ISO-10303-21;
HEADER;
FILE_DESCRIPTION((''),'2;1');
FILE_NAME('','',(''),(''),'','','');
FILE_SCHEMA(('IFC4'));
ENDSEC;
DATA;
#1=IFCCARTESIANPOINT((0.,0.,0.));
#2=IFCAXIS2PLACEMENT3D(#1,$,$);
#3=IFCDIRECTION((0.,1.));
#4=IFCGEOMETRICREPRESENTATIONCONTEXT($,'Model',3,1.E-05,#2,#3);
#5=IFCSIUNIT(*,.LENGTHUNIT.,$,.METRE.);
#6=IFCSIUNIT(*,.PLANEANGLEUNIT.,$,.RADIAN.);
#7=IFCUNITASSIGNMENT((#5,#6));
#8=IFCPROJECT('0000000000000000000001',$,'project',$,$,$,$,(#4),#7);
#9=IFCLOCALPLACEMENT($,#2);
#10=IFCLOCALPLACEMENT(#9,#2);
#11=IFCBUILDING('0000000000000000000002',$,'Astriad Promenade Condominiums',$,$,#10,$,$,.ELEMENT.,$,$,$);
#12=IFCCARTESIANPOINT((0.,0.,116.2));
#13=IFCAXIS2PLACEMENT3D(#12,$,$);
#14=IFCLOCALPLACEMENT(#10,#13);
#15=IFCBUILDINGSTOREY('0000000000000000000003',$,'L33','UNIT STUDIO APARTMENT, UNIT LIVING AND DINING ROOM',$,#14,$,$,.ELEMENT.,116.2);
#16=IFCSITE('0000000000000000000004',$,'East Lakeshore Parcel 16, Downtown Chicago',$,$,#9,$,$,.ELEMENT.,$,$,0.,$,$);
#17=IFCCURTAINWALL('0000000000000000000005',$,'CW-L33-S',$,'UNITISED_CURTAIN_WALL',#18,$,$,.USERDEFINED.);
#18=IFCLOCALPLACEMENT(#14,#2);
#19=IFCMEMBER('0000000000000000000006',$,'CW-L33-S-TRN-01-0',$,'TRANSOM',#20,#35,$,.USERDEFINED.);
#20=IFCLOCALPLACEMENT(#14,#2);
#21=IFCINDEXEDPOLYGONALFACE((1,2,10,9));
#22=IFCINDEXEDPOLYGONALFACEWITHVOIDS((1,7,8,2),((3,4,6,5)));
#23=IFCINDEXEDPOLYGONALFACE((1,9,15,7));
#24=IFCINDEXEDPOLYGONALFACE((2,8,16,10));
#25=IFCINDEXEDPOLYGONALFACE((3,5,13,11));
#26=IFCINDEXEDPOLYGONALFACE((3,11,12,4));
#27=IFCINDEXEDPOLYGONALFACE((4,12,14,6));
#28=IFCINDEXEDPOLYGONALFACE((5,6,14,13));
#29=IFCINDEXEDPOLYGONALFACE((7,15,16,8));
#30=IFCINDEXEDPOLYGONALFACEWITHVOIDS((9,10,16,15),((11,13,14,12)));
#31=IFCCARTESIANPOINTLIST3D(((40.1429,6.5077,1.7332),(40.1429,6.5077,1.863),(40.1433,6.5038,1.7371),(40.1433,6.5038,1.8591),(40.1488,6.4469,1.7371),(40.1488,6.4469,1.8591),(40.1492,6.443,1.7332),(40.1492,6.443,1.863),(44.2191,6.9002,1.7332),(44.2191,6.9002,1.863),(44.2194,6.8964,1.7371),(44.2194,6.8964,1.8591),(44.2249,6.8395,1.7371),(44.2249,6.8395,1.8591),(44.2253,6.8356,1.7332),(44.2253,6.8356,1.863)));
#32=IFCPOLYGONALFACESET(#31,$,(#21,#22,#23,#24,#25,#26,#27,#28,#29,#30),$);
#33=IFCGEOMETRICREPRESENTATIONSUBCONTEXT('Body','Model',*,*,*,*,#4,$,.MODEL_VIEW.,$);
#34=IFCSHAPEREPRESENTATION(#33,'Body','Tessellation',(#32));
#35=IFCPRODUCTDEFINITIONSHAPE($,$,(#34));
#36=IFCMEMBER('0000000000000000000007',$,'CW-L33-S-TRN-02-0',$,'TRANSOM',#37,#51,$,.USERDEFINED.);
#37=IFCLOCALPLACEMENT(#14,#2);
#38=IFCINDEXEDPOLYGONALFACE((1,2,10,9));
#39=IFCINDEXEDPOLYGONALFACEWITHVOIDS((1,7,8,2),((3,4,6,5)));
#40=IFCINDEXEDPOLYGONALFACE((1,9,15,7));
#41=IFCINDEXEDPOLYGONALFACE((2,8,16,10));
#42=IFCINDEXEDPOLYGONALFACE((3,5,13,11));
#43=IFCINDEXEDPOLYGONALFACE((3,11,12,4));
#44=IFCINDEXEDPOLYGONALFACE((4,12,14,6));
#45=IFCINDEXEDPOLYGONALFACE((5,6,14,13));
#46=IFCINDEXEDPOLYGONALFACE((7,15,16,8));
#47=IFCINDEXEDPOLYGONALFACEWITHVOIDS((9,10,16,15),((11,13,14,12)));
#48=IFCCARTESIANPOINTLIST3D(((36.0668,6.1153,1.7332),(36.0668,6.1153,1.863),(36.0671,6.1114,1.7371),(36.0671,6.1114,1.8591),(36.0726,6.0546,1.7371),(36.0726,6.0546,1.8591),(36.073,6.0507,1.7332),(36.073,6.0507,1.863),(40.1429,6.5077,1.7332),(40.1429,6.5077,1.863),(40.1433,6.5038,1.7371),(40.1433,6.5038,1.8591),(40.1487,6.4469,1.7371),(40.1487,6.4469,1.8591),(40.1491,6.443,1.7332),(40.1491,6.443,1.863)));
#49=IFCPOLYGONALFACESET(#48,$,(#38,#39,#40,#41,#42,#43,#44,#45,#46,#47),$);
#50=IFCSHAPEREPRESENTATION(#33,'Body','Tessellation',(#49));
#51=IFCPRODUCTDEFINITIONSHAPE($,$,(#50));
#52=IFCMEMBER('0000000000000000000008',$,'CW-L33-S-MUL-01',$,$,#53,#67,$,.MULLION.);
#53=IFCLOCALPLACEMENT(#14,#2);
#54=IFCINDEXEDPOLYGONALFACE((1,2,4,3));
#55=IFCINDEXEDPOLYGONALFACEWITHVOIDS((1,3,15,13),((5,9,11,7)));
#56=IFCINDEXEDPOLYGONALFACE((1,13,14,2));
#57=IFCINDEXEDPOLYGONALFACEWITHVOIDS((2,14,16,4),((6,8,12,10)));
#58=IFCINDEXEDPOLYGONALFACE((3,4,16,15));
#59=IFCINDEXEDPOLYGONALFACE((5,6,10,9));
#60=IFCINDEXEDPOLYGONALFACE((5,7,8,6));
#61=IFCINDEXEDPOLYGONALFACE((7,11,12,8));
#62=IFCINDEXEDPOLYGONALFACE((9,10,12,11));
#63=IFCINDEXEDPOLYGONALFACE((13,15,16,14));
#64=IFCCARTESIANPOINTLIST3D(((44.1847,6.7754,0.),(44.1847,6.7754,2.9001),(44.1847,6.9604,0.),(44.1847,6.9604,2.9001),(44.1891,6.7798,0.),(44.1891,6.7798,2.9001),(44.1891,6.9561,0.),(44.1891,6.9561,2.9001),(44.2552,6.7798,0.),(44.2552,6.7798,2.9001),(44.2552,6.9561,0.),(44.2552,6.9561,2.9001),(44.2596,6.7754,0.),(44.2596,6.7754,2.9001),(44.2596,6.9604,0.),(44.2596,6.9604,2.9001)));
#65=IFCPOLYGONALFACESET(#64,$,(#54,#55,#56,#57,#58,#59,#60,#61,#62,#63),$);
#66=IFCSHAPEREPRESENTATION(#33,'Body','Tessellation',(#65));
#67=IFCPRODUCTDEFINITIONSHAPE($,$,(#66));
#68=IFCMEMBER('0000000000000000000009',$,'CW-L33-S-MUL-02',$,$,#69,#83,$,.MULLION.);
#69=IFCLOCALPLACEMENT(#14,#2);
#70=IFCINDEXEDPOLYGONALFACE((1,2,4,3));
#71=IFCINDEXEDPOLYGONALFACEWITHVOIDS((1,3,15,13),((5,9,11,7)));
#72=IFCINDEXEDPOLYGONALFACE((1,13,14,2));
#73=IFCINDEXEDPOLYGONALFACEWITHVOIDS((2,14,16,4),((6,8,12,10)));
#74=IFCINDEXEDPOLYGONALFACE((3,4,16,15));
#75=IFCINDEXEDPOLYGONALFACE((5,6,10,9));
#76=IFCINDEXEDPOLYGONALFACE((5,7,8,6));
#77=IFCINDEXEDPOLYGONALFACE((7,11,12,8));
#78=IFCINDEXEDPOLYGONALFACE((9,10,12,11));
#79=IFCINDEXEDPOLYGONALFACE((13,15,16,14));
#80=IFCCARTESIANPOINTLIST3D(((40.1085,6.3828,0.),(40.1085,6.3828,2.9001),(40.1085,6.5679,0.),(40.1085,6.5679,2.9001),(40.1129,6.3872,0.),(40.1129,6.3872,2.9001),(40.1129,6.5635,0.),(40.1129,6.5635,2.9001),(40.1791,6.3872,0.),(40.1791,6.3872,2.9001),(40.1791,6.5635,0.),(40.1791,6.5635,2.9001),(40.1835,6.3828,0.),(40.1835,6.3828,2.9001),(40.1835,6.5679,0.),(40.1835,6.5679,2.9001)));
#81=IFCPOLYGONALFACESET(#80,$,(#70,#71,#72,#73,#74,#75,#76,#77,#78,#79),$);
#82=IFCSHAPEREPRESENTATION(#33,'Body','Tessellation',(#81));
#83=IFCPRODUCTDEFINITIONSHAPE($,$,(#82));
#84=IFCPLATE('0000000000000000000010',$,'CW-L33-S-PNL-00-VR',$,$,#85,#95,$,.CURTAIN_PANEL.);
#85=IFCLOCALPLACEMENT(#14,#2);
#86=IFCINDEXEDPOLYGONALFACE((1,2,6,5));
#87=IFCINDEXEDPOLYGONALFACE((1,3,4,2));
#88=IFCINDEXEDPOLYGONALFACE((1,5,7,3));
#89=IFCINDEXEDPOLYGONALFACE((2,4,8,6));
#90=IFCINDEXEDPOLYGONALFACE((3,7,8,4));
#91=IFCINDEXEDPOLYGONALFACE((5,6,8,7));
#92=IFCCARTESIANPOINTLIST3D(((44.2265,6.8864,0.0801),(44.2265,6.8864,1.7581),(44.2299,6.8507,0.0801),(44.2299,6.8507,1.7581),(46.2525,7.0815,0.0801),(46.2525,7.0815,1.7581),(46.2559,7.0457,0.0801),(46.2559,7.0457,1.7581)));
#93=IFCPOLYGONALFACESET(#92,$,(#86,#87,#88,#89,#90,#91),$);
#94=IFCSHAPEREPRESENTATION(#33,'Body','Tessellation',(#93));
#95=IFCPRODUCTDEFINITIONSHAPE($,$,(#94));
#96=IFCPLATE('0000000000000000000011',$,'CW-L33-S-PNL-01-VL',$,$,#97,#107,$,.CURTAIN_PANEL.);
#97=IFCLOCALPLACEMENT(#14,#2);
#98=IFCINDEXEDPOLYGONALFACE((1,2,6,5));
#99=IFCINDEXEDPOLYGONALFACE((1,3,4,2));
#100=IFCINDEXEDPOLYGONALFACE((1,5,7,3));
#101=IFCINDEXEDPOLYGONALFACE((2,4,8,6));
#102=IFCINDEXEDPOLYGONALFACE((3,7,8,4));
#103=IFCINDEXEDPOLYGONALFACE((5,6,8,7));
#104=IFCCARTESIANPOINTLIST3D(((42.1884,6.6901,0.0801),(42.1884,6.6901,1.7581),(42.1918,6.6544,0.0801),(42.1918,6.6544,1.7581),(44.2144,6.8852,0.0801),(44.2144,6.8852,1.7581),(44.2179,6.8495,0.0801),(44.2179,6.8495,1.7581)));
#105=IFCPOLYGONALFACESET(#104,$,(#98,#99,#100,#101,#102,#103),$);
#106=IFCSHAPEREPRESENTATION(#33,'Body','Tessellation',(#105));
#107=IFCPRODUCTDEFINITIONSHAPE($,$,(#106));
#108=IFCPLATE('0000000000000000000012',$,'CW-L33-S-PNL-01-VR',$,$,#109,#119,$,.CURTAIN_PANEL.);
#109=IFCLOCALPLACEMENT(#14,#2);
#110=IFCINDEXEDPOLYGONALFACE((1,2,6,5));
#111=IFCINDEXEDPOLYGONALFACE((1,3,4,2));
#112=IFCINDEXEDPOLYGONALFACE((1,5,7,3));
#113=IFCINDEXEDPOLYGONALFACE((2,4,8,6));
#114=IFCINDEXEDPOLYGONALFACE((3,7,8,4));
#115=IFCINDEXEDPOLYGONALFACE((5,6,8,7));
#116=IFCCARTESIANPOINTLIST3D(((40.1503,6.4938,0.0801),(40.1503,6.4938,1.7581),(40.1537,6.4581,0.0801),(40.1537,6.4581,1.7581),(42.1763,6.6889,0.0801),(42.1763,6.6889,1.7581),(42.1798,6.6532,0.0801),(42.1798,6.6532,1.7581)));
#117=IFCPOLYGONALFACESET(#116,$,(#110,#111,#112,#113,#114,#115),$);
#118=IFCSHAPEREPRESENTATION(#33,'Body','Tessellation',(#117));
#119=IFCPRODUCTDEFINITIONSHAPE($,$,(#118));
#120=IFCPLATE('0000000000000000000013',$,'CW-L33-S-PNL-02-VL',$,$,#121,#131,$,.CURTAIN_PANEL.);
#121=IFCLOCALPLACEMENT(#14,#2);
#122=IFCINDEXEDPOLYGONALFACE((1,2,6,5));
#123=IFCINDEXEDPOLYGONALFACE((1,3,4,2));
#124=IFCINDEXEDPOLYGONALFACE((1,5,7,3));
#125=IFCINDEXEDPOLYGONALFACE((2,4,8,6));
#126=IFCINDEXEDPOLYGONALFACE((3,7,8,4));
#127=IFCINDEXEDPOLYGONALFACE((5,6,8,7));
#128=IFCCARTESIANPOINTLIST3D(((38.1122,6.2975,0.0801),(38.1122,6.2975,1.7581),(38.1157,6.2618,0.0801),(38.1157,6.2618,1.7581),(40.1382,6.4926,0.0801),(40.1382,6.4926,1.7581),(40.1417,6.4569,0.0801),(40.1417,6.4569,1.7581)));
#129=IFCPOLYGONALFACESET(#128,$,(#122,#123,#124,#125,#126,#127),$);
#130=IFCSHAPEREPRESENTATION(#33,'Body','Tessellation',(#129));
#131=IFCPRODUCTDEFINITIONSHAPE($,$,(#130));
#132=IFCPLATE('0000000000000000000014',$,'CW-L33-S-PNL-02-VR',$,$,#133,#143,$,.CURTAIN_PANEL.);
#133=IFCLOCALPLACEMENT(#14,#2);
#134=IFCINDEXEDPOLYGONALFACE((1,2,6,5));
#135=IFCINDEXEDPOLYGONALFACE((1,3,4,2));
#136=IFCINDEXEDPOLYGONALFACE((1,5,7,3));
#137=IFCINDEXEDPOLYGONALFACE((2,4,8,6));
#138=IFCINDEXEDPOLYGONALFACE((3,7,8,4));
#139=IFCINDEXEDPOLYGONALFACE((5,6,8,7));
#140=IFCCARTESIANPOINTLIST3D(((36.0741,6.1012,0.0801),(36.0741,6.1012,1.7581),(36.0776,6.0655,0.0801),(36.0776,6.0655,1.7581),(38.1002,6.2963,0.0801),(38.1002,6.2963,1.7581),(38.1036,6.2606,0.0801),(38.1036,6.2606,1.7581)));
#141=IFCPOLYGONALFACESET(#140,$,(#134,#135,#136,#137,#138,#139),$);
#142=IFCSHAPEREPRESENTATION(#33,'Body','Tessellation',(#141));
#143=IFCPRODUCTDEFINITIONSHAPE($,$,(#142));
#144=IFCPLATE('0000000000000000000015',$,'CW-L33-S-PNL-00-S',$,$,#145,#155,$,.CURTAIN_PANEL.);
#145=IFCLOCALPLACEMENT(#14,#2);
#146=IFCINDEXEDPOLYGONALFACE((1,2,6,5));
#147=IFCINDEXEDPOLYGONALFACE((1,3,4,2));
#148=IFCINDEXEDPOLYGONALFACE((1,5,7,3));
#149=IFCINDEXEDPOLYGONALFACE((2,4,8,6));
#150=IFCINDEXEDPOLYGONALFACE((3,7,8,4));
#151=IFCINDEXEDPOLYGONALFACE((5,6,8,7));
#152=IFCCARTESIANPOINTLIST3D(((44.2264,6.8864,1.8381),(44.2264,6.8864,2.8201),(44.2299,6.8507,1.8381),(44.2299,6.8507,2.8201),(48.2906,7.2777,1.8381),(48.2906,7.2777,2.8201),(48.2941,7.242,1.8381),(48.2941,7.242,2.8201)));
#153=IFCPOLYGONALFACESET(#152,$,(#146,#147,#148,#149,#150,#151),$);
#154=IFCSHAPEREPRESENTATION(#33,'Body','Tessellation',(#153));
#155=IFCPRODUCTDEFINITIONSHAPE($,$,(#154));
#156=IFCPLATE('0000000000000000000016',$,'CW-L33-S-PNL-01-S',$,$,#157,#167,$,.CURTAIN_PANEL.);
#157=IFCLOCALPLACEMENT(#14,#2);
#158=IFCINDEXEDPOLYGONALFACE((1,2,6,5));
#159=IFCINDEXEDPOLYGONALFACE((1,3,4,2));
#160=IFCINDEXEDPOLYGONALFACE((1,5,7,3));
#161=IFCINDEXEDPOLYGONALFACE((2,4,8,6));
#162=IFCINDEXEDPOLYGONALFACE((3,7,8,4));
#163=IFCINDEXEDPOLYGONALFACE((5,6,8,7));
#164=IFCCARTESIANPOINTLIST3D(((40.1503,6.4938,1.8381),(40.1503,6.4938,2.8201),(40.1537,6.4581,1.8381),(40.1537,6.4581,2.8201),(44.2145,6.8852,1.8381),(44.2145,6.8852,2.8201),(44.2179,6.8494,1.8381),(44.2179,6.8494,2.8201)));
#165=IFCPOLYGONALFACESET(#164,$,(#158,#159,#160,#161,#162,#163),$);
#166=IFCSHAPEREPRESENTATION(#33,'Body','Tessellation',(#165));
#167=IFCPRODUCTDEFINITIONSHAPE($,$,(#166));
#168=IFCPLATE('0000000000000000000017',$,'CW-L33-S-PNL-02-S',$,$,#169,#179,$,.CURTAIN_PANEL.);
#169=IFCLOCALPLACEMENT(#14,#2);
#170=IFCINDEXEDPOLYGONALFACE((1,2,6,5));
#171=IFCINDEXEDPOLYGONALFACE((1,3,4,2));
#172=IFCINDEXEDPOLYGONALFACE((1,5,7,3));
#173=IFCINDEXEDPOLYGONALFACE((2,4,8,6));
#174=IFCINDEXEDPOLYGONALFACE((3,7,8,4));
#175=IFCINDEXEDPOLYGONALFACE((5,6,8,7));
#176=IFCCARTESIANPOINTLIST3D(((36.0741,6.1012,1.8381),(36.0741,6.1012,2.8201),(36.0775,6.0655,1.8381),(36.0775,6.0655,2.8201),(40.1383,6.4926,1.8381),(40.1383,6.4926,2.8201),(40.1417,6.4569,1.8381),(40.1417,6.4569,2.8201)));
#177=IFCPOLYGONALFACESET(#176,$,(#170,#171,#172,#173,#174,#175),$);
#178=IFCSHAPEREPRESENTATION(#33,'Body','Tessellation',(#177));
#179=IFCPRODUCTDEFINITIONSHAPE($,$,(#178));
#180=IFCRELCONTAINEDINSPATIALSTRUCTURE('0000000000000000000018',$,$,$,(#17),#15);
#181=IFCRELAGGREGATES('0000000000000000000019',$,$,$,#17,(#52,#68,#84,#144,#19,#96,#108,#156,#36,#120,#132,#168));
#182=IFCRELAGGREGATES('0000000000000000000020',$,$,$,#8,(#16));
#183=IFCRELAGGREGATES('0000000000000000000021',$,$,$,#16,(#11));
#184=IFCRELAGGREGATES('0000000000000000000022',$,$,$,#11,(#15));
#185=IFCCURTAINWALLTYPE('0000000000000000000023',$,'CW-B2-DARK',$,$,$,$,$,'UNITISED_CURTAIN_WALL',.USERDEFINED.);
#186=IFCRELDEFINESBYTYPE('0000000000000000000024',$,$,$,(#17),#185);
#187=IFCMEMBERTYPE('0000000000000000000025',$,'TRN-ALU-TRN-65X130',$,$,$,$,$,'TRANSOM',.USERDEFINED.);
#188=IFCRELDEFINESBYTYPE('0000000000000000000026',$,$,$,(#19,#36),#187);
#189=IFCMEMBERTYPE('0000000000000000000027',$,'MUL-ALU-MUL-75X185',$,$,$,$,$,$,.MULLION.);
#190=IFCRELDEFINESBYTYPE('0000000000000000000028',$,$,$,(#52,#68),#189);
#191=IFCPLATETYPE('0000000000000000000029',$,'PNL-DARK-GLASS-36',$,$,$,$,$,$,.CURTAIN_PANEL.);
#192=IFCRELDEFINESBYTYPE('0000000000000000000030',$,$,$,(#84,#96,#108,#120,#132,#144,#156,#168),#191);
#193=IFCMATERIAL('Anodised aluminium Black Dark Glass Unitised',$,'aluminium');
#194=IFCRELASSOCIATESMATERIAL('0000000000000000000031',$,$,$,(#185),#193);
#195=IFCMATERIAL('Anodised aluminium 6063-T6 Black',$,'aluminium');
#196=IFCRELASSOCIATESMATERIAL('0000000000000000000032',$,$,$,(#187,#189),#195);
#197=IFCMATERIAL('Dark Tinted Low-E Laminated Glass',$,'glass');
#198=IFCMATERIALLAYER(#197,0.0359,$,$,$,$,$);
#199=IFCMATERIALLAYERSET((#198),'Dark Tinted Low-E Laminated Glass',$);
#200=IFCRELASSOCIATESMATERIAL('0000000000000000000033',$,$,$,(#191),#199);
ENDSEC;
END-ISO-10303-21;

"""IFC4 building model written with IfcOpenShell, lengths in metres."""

from ifc_helpers import new_model, si_unit, direction, frame, origin, origin_2d, place, context, subcontext, project, spatial, rectangle, hollow_rectangle, extrude, source, transform, mapped, material, layer, layer_set, material_profile, profile_set, type_object, type_shapes, element, aggregate, save


model = new_model("IFC4")

# Units and contexts
model_context = context("Model", 3, precision=1e-05, world=origin(), true_north=direction((0.0, 1.0)))
body_context = subcontext(model_context, "Body", "Model", "MODEL_VIEW")
ifc_project = project(units=[si_unit("LENGTHUNIT", "METRE"), si_unit("PLANEANGLEUNIT", "RADIAN")], contexts=[model_context])

# Site, building, storey
site_placement = place(None, origin())
site = spatial("IfcSite", under=ifc_project, at=site_placement, Name="East Lakeshore Parcel 16, Downtown Chicago", CompositionType="ELEMENT", RefElevation=0.0)
building_placement = place(site_placement, origin())
building = spatial("IfcBuilding", under=site, at=building_placement, Name="Astriad Promenade Condominiums", CompositionType="ELEMENT")
storey_placement = place(building_placement, frame((0.0, 0.0, 116.2)))
storey = spatial("IfcBuildingStorey", under=building, at=storey_placement, Name="L33", Description="UNIT STUDIO APARTMENT, UNIT LIVING AND DINING ROOM", CompositionType="ELEMENT", Elevation=116.2)

# Curtain wall, members, plates
ifc_material_1 = material(Name="Anodised aluminium Black Dark Glass Unitised", Category="aluminium")
curtain_wall_type = type_object("IfcCurtainWallType", Name="CW-B2-DARK", ElementType="UNITISED_CURTAIN_WALL", PredefinedType="USERDEFINED", material=ifc_material_1)
curtain_wall_placement = place(storey_placement, origin())
curtain_wall = element("IfcCurtainWall", 1, at=curtain_wall_placement, inside=storey, type_object=curtain_wall_type, Name="CW-L33-S", ObjectType="UNITISED_CURTAIN_WALL", PredefinedType="USERDEFINED")
ifc_material_2 = material(Name="Anodised aluminium 6063-T6 Black", Category="aluminium")
ifc_material_profile_1 = material_profile(ifc_material_2, hollow_rectangle(XDim=0.0649, YDim=0.1299, WallThickness=0.0039, at=origin_2d()), Name="ALU-TRN-65X130")
ifc_profile_set_1 = profile_set([ifc_material_profile_1], Name="Anodised aluminium 6063-T6 Black")
member_type_1 = type_object("IfcMemberType", Name="TRN-ALU-TRN-65X130", ElementType="TRANSOM", PredefinedType="USERDEFINED", material=ifc_profile_set_1)
shared_shape_1 = source(origin(), body_context, "Body", "SweptSolid", [
    extrude(hollow_rectangle(XDim=0.0649, YDim=0.1299, WallThickness=0.0039, at=origin_2d()), origin(), (0.0, 0.0, 1.0), 4.095),
])
type_shapes(member_type_1, [shared_shape_1])
member_1_placement = place(storey_placement, frame((44.2222, 6.8679, 1.7981), z_axis=(-0.995394, -0.095867, 0.0), x_axis=(0.095867, -0.995394, 0.0)))
member_1 = element("IfcMember", 2, at=member_1_placement, type_object=member_type_1, Name="CW-L33-S-TRN-01-0", ObjectType="TRANSOM", PredefinedType="USERDEFINED", context=body_context, shape_type="MappedRepresentation", body=[
    mapped(shared_shape_1, transform((0.0, 0.0, 0.0), scale=1.0)),
])
member_2_placement = place(storey_placement, frame((40.146, 6.4753, 1.7981), z_axis=(-0.9954, -0.095808, 0.0), x_axis=(0.095808, -0.9954, 0.0)))
member_2 = element("IfcMember", 3, at=member_2_placement, type_object=member_type_1, Name="CW-L33-S-TRN-02-0", ObjectType="TRANSOM", PredefinedType="USERDEFINED", context=body_context, shape_type="MappedRepresentation", body=[
    mapped(shared_shape_1, transform((0.0, 0.0, 0.0), scale=1.0)),
])
ifc_material_profile_2 = material_profile(ifc_material_2, hollow_rectangle(XDim=0.075, YDim=0.1851, WallThickness=0.0044, at=origin_2d()), Name="ALU-MUL-75X185")
ifc_profile_set_2 = profile_set([ifc_material_profile_2], Name="Anodised aluminium 6063-T6 Black")
member_type_2 = type_object("IfcMemberType", Name="MUL-ALU-MUL-75X185", PredefinedType="MULLION", material=ifc_profile_set_2)
shared_shape_2 = source(origin(), body_context, "Body", "SweptSolid", [
    extrude(hollow_rectangle(XDim=0.075, YDim=0.1851, WallThickness=0.0044, at=origin_2d()), origin(), (0.0, 0.0, 1.0), 2.9001),
])
type_shapes(member_type_2, [shared_shape_2])
member_3_placement = place(storey_placement, frame((44.2222, 6.8679, 0.0), z_axis=(0.0, 0.0, 1.0), x_axis=(1.0, 0.0, 0.0)))
member_3 = element("IfcMember", 4, at=member_3_placement, type_object=member_type_2, Name="CW-L33-S-MUL-01", PredefinedType="MULLION", context=body_context, shape_type="MappedRepresentation", body=[
    mapped(shared_shape_2, transform((0.0, 0.0, 0.0), scale=1.0)),
])
member_4_placement = place(storey_placement, frame((40.146, 6.4753, 0.0), z_axis=(0.0, 0.0, 1.0), x_axis=(1.0, 0.0, 0.0)))
member_4 = element("IfcMember", 5, at=member_4_placement, type_object=member_type_2, Name="CW-L33-S-MUL-02", PredefinedType="MULLION", context=body_context, shape_type="MappedRepresentation", body=[
    mapped(shared_shape_2, transform((0.0, 0.0, 0.0), scale=1.0)),
])
ifc_material_3 = material(Name="Dark Tinted Low-E Laminated Glass", Category="glass")
ifc_layer_1 = layer(ifc_material_3, 0.0359)
ifc_layer_set_1 = layer_set([ifc_layer_1], Name="Dark Tinted Low-E Laminated Glass")
plate_type = type_object("IfcPlateType", Name="PNL-DARK-GLASS-36", PredefinedType="CURTAIN_PANEL", material=ifc_layer_set_1)
shared_shape_3 = source(origin(), body_context, "Body", "SweptSolid", [
    extrude(rectangle(XDim=2.0354, YDim=0.0359, at=origin_2d()), origin(), (0.0, 0.0, 1.0), 1.678),
])
plate_1_placement = place(storey_placement, frame((45.2412, 6.9661, 0.0801), z_axis=(0.0, 0.0, 1.0), x_axis=(-0.995396, -0.095846, 0.0)))
plate_1 = element("IfcPlate", 6, at=plate_1_placement, type_object=plate_type, Name="CW-L33-S-PNL-00-VR", PredefinedType="CURTAIN_PANEL", context=body_context, shape_type="MappedRepresentation", body=[
    mapped(shared_shape_3, transform((0.0, 0.0, 0.0), scale=1.0)),
])
plate_2_placement = place(storey_placement, frame((43.2031, 6.7698, 0.0801), z_axis=(0.0, 0.0, 1.0), x_axis=(-0.995396, -0.095846, 0.0)))
plate_2 = element("IfcPlate", 7, at=plate_2_placement, type_object=plate_type, Name="CW-L33-S-PNL-01-VL", PredefinedType="CURTAIN_PANEL", context=body_context, shape_type="MappedRepresentation", body=[
    mapped(shared_shape_3, transform((0.0, 0.0, 0.0), scale=1.0)),
])
plate_3_placement = place(storey_placement, frame((41.165, 6.5735, 0.0801), z_axis=(0.0, 0.0, 1.0), x_axis=(-0.995396, -0.095846, 0.0)))
plate_3 = element("IfcPlate", 8, at=plate_3_placement, type_object=plate_type, Name="CW-L33-S-PNL-01-VR", PredefinedType="CURTAIN_PANEL", context=body_context, shape_type="MappedRepresentation", body=[
    mapped(shared_shape_3, transform((0.0, 0.0, 0.0), scale=1.0)),
])
plate_4_placement = place(storey_placement, frame((39.127, 6.3772, 0.0801), z_axis=(0.0, 0.0, 1.0), x_axis=(-0.995396, -0.095846, 0.0)))
plate_4 = element("IfcPlate", 9, at=plate_4_placement, type_object=plate_type, Name="CW-L33-S-PNL-02-VL", PredefinedType="CURTAIN_PANEL", context=body_context, shape_type="MappedRepresentation", body=[
    mapped(shared_shape_3, transform((0.0, 0.0, 0.0), scale=1.0)),
])
plate_5_placement = place(storey_placement, frame((37.0889, 6.1809, 0.0801), z_axis=(0.0, 0.0, 1.0), x_axis=(-0.995396, -0.095846, 0.0)))
plate_5 = element("IfcPlate", 10, at=plate_5_placement, type_object=plate_type, Name="CW-L33-S-PNL-02-VR", PredefinedType="CURTAIN_PANEL", context=body_context, shape_type="MappedRepresentation", body=[
    mapped(shared_shape_3, transform((0.0, 0.0, 0.0), scale=1.0)),
])
shared_shape_4 = source(origin(), body_context, "Body", "SweptSolid", [
    extrude(rectangle(XDim=4.083, YDim=0.0359, at=origin_2d()), origin(), (0.0, 0.0, 1.0), 0.9819),
])
type_shapes(plate_type, [shared_shape_3, shared_shape_4])
plate_6_placement = place(storey_placement, frame((46.2603, 7.0642, 1.8381), z_axis=(0.0, 0.0, 1.0), x_axis=(-0.995396, -0.095846, 0.0)))
plate_6 = element("IfcPlate", 11, at=plate_6_placement, type_object=plate_type, Name="CW-L33-S-PNL-00-S", PredefinedType="CURTAIN_PANEL", context=body_context, shape_type="MappedRepresentation", body=[
    mapped(shared_shape_4, transform((0.0, 0.0, 0.0), scale=1.0)),
])
plate_7_placement = place(storey_placement, frame((42.1841, 6.6716, 1.8381), z_axis=(0.0, 0.0, 1.0), x_axis=(-0.995396, -0.095846, 0.0)))
plate_7 = element("IfcPlate", 12, at=plate_7_placement, type_object=plate_type, Name="CW-L33-S-PNL-01-S", PredefinedType="CURTAIN_PANEL", context=body_context, shape_type="MappedRepresentation", body=[
    mapped(shared_shape_4, transform((0.0, 0.0, 0.0), scale=1.0)),
])
plate_8_placement = place(storey_placement, frame((38.1079, 6.2791, 1.8381), z_axis=(0.0, 0.0, 1.0), x_axis=(-0.995396, -0.095846, 0.0)))
plate_8 = element("IfcPlate", 13, at=plate_8_placement, type_object=plate_type, Name="CW-L33-S-PNL-02-S", PredefinedType="CURTAIN_PANEL", context=body_context, shape_type="MappedRepresentation", body=[
    mapped(shared_shape_4, transform((0.0, 0.0, 0.0), scale=1.0)),
])
aggregate(curtain_wall, [member_3, member_4, plate_1, plate_6, member_1, plate_2, plate_3, plate_7, member_2, plate_4, plate_5, plate_8])

save(model, "model.ifc")
